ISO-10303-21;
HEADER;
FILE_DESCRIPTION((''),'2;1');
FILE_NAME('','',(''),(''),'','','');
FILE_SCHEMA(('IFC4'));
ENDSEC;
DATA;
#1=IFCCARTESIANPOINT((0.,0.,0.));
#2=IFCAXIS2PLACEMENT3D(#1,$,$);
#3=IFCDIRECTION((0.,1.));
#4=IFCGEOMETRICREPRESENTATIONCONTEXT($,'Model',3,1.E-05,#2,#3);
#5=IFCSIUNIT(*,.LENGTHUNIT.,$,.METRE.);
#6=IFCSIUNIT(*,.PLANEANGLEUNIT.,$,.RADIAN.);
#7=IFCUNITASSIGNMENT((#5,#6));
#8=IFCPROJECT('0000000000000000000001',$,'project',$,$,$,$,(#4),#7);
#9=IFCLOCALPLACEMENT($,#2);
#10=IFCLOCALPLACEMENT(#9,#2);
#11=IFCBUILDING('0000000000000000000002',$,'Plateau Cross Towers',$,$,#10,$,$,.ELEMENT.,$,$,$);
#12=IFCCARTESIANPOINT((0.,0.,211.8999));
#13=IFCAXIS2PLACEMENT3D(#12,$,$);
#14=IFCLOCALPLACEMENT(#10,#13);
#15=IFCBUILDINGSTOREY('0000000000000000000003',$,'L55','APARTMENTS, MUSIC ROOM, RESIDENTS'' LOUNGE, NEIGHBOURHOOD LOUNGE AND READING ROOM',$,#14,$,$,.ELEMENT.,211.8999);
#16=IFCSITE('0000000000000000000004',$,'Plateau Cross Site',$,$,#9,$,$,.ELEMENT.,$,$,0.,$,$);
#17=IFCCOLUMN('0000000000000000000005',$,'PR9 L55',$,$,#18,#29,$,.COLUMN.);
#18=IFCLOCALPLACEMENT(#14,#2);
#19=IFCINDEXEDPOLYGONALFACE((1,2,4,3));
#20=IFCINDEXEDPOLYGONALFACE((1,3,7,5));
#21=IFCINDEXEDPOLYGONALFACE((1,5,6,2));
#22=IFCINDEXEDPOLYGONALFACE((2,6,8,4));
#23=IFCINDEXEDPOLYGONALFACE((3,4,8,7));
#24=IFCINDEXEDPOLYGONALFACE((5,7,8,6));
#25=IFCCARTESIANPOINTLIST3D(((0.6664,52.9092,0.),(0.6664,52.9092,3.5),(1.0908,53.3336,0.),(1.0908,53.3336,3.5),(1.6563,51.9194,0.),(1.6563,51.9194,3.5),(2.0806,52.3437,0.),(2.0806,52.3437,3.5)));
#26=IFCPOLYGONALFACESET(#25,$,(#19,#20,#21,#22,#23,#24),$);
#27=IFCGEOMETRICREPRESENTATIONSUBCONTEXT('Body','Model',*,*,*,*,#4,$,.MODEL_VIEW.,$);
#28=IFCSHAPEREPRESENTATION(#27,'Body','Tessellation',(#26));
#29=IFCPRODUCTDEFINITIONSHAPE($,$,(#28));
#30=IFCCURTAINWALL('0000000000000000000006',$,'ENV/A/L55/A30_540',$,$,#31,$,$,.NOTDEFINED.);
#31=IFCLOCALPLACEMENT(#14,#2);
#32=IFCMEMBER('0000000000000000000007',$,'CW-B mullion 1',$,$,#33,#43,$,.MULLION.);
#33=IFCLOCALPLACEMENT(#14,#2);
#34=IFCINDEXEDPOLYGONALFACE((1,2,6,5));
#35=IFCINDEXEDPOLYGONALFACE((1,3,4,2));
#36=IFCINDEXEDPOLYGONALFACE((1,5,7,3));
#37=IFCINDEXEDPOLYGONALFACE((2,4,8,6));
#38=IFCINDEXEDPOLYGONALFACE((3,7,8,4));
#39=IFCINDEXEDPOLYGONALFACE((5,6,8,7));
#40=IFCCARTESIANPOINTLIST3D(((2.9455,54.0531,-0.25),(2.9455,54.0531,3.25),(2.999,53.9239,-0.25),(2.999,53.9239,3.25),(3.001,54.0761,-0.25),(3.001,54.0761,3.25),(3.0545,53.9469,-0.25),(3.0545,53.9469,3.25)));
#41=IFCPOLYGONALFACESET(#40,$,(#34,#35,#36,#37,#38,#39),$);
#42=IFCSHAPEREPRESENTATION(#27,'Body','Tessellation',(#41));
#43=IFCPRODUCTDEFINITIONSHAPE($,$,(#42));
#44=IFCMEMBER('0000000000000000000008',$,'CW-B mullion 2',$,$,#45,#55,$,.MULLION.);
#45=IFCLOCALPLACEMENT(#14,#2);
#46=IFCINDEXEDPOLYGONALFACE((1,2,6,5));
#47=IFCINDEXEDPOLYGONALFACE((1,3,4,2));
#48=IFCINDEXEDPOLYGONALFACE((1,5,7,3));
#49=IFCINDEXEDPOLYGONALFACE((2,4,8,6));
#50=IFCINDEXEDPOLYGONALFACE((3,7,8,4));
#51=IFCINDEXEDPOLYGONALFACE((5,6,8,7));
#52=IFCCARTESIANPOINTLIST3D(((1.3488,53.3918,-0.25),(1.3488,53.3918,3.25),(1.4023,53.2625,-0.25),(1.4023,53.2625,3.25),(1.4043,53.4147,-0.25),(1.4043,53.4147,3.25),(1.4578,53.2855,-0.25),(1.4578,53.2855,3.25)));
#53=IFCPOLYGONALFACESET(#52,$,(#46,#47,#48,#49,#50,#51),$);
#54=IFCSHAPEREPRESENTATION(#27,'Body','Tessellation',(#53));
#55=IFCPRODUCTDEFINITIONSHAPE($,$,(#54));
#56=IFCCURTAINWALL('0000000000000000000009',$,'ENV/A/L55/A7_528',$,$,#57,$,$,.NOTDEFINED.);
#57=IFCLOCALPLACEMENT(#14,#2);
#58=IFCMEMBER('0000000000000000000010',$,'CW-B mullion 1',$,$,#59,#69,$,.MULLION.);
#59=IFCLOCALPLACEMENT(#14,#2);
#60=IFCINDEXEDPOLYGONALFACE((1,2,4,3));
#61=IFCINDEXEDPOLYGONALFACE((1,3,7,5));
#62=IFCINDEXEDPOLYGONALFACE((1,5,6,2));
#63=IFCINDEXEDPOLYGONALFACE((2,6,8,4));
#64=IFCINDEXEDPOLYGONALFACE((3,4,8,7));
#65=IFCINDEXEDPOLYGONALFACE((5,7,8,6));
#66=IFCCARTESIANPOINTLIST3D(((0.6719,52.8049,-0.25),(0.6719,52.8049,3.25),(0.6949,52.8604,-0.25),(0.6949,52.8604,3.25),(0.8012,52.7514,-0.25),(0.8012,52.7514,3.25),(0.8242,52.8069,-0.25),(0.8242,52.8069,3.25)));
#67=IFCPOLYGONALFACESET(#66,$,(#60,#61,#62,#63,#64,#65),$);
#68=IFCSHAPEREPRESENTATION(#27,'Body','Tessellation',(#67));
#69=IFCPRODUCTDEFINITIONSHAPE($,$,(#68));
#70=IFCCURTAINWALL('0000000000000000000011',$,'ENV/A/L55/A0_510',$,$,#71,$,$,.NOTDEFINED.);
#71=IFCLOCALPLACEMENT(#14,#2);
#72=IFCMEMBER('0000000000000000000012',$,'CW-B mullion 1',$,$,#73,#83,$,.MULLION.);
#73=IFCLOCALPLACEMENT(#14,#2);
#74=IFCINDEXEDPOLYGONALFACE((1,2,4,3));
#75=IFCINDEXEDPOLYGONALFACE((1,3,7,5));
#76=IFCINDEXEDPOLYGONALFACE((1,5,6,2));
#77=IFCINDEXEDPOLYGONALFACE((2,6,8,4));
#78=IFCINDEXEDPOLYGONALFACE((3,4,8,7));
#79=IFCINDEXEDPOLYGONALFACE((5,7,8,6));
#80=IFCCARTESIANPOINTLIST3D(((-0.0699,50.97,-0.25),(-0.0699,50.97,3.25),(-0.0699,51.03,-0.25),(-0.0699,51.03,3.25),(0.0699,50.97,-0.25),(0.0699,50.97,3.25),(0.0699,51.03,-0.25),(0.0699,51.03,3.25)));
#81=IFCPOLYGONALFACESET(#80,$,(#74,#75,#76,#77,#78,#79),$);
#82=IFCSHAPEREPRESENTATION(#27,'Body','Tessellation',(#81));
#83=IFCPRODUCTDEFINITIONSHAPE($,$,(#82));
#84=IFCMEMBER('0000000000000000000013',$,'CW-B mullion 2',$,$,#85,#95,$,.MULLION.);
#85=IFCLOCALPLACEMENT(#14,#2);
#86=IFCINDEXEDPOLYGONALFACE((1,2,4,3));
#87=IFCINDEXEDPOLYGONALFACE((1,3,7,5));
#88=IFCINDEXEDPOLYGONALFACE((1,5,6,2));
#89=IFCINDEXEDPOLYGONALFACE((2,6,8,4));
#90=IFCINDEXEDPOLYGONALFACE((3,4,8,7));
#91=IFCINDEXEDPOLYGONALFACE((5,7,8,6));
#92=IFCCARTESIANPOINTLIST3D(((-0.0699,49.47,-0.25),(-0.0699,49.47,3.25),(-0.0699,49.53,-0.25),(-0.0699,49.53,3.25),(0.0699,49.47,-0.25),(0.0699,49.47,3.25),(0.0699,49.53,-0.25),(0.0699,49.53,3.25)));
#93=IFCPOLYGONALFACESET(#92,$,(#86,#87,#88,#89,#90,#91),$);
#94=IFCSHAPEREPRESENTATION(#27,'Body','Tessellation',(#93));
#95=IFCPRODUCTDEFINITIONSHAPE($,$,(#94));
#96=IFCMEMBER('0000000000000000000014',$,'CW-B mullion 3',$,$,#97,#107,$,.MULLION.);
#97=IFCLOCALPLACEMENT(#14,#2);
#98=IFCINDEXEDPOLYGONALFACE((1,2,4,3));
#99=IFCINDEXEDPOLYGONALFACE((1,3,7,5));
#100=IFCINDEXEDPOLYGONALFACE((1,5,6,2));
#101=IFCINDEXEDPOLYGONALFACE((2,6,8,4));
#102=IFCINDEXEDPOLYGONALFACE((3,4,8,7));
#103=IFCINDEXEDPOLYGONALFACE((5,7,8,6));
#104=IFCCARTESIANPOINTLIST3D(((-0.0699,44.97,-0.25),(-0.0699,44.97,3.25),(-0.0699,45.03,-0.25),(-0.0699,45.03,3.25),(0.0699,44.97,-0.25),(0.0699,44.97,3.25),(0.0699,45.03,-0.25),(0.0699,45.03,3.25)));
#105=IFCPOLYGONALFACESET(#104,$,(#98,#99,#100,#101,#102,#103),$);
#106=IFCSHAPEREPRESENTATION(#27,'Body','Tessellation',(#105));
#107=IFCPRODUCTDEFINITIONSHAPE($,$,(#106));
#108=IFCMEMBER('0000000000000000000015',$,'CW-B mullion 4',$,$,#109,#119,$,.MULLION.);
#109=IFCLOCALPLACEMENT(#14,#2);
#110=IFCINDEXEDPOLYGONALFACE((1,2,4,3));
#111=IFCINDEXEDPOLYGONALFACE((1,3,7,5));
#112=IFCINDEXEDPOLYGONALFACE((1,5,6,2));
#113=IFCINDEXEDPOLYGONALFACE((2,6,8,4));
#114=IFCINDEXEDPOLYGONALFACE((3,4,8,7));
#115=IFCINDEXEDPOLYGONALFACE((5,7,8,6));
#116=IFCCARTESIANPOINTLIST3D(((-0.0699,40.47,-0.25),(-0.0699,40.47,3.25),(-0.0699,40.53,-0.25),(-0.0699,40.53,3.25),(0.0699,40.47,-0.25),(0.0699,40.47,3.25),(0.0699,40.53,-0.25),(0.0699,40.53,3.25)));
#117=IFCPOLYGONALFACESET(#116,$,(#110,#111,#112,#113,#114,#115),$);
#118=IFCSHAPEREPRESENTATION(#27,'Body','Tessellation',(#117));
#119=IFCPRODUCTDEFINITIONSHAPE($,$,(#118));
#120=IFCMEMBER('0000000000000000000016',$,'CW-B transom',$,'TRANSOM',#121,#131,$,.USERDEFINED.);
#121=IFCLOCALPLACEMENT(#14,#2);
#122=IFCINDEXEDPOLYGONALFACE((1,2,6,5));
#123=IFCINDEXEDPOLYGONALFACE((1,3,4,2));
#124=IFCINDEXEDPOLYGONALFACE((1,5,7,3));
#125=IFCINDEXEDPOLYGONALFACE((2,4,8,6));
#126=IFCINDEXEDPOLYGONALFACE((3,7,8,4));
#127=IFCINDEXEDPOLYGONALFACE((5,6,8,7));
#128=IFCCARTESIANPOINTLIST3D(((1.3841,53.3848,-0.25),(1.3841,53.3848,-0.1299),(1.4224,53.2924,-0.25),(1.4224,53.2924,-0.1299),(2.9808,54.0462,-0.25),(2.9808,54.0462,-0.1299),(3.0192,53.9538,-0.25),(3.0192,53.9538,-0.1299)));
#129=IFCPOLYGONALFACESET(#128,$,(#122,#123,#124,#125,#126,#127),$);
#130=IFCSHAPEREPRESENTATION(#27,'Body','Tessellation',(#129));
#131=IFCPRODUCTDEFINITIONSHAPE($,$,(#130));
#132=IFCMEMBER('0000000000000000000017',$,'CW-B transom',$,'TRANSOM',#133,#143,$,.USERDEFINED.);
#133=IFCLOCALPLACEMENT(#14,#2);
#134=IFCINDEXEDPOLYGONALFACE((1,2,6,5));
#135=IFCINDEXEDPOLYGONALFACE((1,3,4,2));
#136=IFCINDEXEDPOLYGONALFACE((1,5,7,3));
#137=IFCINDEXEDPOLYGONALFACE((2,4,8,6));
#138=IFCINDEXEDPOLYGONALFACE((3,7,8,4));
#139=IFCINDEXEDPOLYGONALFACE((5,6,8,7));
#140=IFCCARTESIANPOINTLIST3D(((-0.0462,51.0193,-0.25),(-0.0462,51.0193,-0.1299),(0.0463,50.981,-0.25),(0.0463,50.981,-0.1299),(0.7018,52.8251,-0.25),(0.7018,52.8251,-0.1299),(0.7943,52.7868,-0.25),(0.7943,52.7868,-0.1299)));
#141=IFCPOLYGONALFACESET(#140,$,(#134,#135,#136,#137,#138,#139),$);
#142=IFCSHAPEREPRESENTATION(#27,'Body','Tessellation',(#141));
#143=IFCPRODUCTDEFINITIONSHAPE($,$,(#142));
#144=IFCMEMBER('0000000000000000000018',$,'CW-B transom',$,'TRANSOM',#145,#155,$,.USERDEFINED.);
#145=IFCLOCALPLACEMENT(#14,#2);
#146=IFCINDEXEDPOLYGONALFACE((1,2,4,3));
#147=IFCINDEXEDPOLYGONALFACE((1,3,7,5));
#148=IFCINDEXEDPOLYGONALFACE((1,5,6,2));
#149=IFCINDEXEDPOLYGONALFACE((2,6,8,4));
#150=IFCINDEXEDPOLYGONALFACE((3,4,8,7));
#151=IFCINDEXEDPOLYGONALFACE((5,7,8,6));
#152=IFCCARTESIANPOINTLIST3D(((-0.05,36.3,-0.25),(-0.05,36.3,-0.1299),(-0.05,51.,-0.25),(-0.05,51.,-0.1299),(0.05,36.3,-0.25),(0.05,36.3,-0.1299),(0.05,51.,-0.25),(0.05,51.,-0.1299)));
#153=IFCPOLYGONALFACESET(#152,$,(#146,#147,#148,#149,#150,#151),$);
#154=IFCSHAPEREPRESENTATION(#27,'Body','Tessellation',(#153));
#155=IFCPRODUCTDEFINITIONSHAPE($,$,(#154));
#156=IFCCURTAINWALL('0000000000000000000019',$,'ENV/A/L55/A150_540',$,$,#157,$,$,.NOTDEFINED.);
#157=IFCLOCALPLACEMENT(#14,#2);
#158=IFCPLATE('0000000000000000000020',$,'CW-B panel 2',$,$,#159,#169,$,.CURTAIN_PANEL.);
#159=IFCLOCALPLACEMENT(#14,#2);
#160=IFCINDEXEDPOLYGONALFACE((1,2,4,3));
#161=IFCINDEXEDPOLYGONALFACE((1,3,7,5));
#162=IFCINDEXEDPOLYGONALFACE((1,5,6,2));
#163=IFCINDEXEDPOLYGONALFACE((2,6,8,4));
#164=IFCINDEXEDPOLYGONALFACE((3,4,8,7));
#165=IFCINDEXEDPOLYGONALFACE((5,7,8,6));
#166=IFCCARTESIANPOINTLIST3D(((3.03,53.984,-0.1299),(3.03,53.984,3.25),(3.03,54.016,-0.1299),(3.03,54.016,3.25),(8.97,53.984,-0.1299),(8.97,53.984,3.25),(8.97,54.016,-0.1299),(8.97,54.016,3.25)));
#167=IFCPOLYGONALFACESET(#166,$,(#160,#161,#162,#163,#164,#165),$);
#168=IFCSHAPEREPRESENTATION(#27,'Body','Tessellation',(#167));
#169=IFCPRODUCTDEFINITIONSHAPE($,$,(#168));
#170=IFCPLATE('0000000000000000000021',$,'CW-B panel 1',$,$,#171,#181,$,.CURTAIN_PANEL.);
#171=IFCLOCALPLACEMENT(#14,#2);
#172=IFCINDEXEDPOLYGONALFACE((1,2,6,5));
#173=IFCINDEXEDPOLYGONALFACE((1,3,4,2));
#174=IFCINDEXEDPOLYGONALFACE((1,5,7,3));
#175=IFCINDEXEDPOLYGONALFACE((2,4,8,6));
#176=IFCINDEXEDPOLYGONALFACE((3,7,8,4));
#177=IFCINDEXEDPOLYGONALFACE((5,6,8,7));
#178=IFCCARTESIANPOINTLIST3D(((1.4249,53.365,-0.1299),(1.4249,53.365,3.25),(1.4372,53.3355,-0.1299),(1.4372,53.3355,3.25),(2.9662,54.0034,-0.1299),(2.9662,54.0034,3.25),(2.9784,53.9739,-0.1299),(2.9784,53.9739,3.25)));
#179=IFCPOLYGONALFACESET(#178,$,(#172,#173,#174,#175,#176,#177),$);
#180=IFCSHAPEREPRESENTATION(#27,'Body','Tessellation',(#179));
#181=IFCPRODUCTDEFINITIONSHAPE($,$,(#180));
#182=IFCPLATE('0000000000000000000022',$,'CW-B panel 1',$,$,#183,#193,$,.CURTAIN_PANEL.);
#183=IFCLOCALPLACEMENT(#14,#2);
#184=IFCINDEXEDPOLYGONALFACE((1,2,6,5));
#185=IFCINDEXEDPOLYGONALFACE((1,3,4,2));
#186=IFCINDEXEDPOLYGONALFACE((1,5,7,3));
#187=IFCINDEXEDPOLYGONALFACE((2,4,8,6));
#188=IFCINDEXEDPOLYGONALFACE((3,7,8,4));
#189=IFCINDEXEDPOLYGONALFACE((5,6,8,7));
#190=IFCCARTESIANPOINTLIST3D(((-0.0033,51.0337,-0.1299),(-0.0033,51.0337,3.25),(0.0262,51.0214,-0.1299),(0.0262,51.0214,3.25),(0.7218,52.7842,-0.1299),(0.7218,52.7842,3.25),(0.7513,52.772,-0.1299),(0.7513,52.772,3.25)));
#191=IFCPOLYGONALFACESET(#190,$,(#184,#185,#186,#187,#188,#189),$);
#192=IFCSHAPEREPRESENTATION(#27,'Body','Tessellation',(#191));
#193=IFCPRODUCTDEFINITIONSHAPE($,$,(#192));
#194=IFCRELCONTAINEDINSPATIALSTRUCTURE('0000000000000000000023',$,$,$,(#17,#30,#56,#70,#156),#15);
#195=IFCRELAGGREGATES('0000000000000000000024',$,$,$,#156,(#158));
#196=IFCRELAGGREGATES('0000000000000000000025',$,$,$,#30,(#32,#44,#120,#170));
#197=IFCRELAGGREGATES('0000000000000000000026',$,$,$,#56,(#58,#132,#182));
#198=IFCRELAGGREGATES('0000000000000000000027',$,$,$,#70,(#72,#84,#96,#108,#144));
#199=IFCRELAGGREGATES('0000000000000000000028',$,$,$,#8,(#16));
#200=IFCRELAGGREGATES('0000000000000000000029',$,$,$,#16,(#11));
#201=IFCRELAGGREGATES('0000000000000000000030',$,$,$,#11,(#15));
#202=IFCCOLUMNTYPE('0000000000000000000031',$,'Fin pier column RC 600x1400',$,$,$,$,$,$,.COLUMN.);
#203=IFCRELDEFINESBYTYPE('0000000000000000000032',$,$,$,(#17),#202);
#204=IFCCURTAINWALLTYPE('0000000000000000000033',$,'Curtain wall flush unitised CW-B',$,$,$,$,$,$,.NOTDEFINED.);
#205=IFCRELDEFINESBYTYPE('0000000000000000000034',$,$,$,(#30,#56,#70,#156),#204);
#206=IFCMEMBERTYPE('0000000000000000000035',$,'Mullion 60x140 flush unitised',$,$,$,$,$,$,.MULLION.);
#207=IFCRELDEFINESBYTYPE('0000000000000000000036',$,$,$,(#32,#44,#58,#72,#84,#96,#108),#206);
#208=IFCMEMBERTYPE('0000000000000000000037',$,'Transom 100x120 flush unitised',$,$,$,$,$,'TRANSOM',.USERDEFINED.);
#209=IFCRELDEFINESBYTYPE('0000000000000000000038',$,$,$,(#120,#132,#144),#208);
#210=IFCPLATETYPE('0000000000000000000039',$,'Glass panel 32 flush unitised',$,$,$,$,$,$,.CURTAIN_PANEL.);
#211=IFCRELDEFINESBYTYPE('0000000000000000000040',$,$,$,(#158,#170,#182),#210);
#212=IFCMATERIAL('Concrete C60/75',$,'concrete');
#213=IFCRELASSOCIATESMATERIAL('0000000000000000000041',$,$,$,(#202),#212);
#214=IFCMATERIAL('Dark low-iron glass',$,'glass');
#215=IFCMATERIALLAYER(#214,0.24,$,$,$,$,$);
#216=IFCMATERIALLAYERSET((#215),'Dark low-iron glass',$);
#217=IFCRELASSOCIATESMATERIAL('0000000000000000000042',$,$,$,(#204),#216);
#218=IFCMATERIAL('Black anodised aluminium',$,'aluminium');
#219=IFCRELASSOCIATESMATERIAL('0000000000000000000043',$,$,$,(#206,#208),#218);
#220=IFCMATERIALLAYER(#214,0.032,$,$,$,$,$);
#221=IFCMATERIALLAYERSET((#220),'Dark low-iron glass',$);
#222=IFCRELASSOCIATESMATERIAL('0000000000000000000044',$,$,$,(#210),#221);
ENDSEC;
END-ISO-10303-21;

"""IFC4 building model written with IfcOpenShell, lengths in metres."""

from ifc_helpers import new_model, si_unit, direction, frame, origin, origin_2d, place, context, subcontext, project, spatial, rectangle, extrude, material, layer, layer_set, material_profile, profile_set, type_object, element, aggregate, save


model = new_model("IFC4")

# Units and contexts
model_context = context("Model", 3, precision=1e-05, world=origin(), true_north=direction((0.0, 1.0)))
body_context = subcontext(model_context, "Body", "Model", "MODEL_VIEW")
ifc_project = project(units=[si_unit("LENGTHUNIT", "METRE"), si_unit("PLANEANGLEUNIT", "RADIAN")], contexts=[model_context])

# Site, building, storey
site_placement = place(None, origin())
site = spatial("IfcSite", under=ifc_project, at=site_placement, Name="Plateau Cross Site", CompositionType="ELEMENT", RefElevation=0.0)
building_placement = place(site_placement, origin())
building = spatial("IfcBuilding", under=site, at=building_placement, Name="Plateau Cross Towers", CompositionType="ELEMENT")
storey_placement = place(building_placement, frame((0.0, 0.0, 211.8999)))
storey = spatial("IfcBuildingStorey", under=building, at=storey_placement, Name="L55", Description="APARTMENTS, MUSIC ROOM, RESIDENTS' LOUNGE, NEIGHBOURHOOD LOUNGE AND READING ROOM", CompositionType="ELEMENT", Elevation=211.8999)

# Column
ifc_material_1 = material(Name="Concrete C60/75", Category="concrete")
ifc_material_profile_1 = material_profile(ifc_material_1, rectangle(XDim=0.6001, YDim=1.3999, at=origin_2d()), Name="RC 600x1400")
ifc_profile_set_1 = profile_set([ifc_material_profile_1], Name="Concrete C60/75")
column_type = type_object("IfcColumnType", Name="Fin pier column RC 600x1400", PredefinedType="COLUMN", material=ifc_profile_set_1)
column_placement = place(storey_placement, frame((1.3735, 52.6265, 0.0), z_axis=(0.0, 0.0, 1.0), x_axis=(0.707107, 0.707107, 0.0)))
element("IfcColumn", 1, at=column_placement, inside=storey, type_object=column_type, Name="PR9 L55", PredefinedType="COLUMN", context=body_context, shape_type="SweptSolid", body=[
    extrude(rectangle(XDim=0.6001, YDim=1.3999, at=origin_2d()), origin(), (0.0, 0.0, 1.0), 3.5),
])

# Curtain wall, members
ifc_material_2 = material(Name="Dark low-iron glass", Category="glass")
ifc_layer_1 = layer(ifc_material_2, 0.24)
ifc_layer_set_1 = layer_set([ifc_layer_1], Name="Dark low-iron glass")
curtain_wall_type = type_object("IfcCurtainWallType", Name="Curtain wall flush unitised CW-B", PredefinedType="NOTDEFINED", material=ifc_layer_set_1)
curtain_wall_1_placement = place(storey_placement, origin())
curtain_wall_1 = element("IfcCurtainWall", 2, at=curtain_wall_1_placement, inside=storey, type_object=curtain_wall_type, Name="ENV/A/L55/A30_540", PredefinedType="NOTDEFINED")
ifc_material_3 = material(Name="Black anodised aluminium", Category="aluminium")
ifc_material_profile_2 = material_profile(ifc_material_3, rectangle(XDim=0.0601, YDim=0.1399, at=origin_2d()), Name="MULLION 60x140")
ifc_profile_set_2 = profile_set([ifc_material_profile_2], Name="Black anodised aluminium")
member_type_1 = type_object("IfcMemberType", Name="Mullion 60x140 flush unitised", PredefinedType="MULLION", material=ifc_profile_set_2)
member_1_placement = place(storey_placement, frame((3.0, 54.0, -0.25), z_axis=(0.0, 0.0, 1.0), x_axis=(-0.923879, -0.382684, 0.0)))
member_1 = element("IfcMember", 3, at=member_1_placement, type_object=member_type_1, Name="CW-B mullion 1", PredefinedType="MULLION", context=body_context, shape_type="SweptSolid", body=[
    extrude(rectangle(XDim=0.0601, YDim=0.1399, at=origin_2d()), origin(), (0.0, 0.0, 1.0), 3.5),
])
member_2_placement = place(storey_placement, frame((1.4033, 53.3386, -0.25), z_axis=(0.0, 0.0, 1.0), x_axis=(-0.923879, -0.382684, 0.0)))
member_2 = element("IfcMember", 4, at=member_2_placement, type_object=member_type_1, Name="CW-B mullion 2", PredefinedType="MULLION", context=body_context, shape_type="SweptSolid", body=[
    extrude(rectangle(XDim=0.0601, YDim=0.1399, at=origin_2d()), origin(), (0.0, 0.0, 1.0), 3.5),
])

# Curtain wall, member
curtain_wall_2_placement = place(storey_placement, origin())
curtain_wall_2 = element("IfcCurtainWall", 5, at=curtain_wall_2_placement, inside=storey, type_object=curtain_wall_type, Name="ENV/A/L55/A7_528", PredefinedType="NOTDEFINED")
member_3_placement = place(storey_placement, frame((0.748, 52.8059, -0.25), z_axis=(0.0, 0.0, 1.0), x_axis=(-0.382684, -0.923879, 0.0)))
member_3 = element("IfcMember", 6, at=member_3_placement, type_object=member_type_1, Name="CW-B mullion 1", PredefinedType="MULLION", context=body_context, shape_type="SweptSolid", body=[
    extrude(rectangle(XDim=0.0601, YDim=0.1399, at=origin_2d()), origin(), (0.0, 0.0, 1.0), 3.5),
])

# Curtain wall, members
curtain_wall_3_placement = place(storey_placement, origin())
curtain_wall_3 = element("IfcCurtainWall", 7, at=curtain_wall_3_placement, inside=storey, type_object=curtain_wall_type, Name="ENV/A/L55/A0_510", PredefinedType="NOTDEFINED")
member_4_placement = place(storey_placement, frame((0.0, 51.0, -0.25), z_axis=(0.0, 0.0, 1.0), x_axis=(0.0, -1.0, 0.0)))
member_4 = element("IfcMember", 8, at=member_4_placement, type_object=member_type_1, Name="CW-B mullion 1", PredefinedType="MULLION", context=body_context, shape_type="SweptSolid", body=[
    extrude(rectangle(XDim=0.0601, YDim=0.1399, at=origin_2d()), origin(), (0.0, 0.0, 1.0), 3.5),
])
member_5_placement = place(storey_placement, frame((0.0, 49.5, -0.25), z_axis=(0.0, 0.0, 1.0), x_axis=(0.0, -1.0, 0.0)))
member_5 = element("IfcMember", 9, at=member_5_placement, type_object=member_type_1, Name="CW-B mullion 2", PredefinedType="MULLION", context=body_context, shape_type="SweptSolid", body=[
    extrude(rectangle(XDim=0.0601, YDim=0.1399, at=origin_2d()), origin(), (0.0, 0.0, 1.0), 3.5),
])
member_6_placement = place(storey_placement, frame((0.0, 45.0, -0.25), z_axis=(0.0, 0.0, 1.0), x_axis=(0.0, -1.0, 0.0)))
member_6 = element("IfcMember", 10, at=member_6_placement, type_object=member_type_1, Name="CW-B mullion 3", PredefinedType="MULLION", context=body_context, shape_type="SweptSolid", body=[
    extrude(rectangle(XDim=0.0601, YDim=0.1399, at=origin_2d()), origin(), (0.0, 0.0, 1.0), 3.5),
])
member_7_placement = place(storey_placement, frame((0.0, 40.5, -0.25), z_axis=(0.0, 0.0, 1.0), x_axis=(0.0, -1.0, 0.0)))
member_7 = element("IfcMember", 11, at=member_7_placement, type_object=member_type_1, Name="CW-B mullion 4", PredefinedType="MULLION", context=body_context, shape_type="SweptSolid", body=[
    extrude(rectangle(XDim=0.0601, YDim=0.1399, at=origin_2d()), origin(), (0.0, 0.0, 1.0), 3.5),
])

# Members
ifc_material_profile_3 = material_profile(ifc_material_3, rectangle(XDim=0.1001, YDim=0.1201, at=origin_2d()), Name="TRANSOM 100x120")
ifc_profile_set_3 = profile_set([ifc_material_profile_3], Name="Black anodised aluminium")
member_type_2 = type_object("IfcMemberType", Name="Transom 100x120 flush unitised", ElementType="TRANSOM", PredefinedType="USERDEFINED", material=ifc_profile_set_3)
member_8_placement = place(storey_placement, frame((3.0, 54.0, -0.1899), z_axis=(-0.923877, -0.382689, 0.0), x_axis=(0.382689, -0.923877, 0.0)))
member_8 = element("IfcMember", 12, at=member_8_placement, type_object=member_type_2, Name="CW-B transom", ObjectType="TRANSOM", PredefinedType="USERDEFINED", context=body_context, shape_type="SweptSolid", body=[
    extrude(rectangle(XDim=0.1001, YDim=0.1201, at=origin_2d()), origin(), (0.0, 0.0, 1.0), 1.7283),
])
member_9_placement = place(storey_placement, frame((0.748, 52.8059, -0.1899), z_axis=(-0.38269, -0.923877, 0.0), x_axis=(0.923877, -0.38269, 0.0)))
member_9 = element("IfcMember", 13, at=member_9_placement, type_object=member_type_2, Name="CW-B transom", ObjectType="TRANSOM", PredefinedType="USERDEFINED", context=body_context, shape_type="SweptSolid", body=[
    extrude(rectangle(XDim=0.1001, YDim=0.1201, at=origin_2d()), origin(), (0.0, 0.0, 1.0), 1.9546),
])
member_10_placement = place(storey_placement, frame((0.0, 51.0, -0.1899), z_axis=(0.0, -1.0, 0.0), x_axis=(1.0, 0.0, 0.0)))
member_10 = element("IfcMember", 14, at=member_10_placement, type_object=member_type_2, Name="CW-B transom", ObjectType="TRANSOM", PredefinedType="USERDEFINED", context=body_context, shape_type="SweptSolid", body=[
    extrude(rectangle(XDim=0.1001, YDim=0.1201, at=origin_2d()), origin(), (0.0, 0.0, 1.0), 14.7),
])

# Curtain wall, plate
curtain_wall_4_placement = place(storey_placement, origin())
curtain_wall_4 = element("IfcCurtainWall", 15, at=curtain_wall_4_placement, inside=storey, type_object=curtain_wall_type, Name="ENV/A/L55/A150_540", PredefinedType="NOTDEFINED")
ifc_layer_2 = layer(ifc_material_2, 0.032)
ifc_layer_set_2 = layer_set([ifc_layer_2], Name="Dark low-iron glass")
plate_type = type_object("IfcPlateType", Name="Glass panel 32 flush unitised", PredefinedType="CURTAIN_PANEL", material=ifc_layer_set_2)
plate_1_placement = place(storey_placement, frame((6.0, 54.0, -0.1299), z_axis=(0.0, 0.0, 1.0), x_axis=(-1.0, 0.0, 0.0)))
plate_1 = element("IfcPlate", 16, at=plate_1_placement, type_object=plate_type, Name="CW-B panel 2", PredefinedType="CURTAIN_PANEL", context=body_context, shape_type="SweptSolid", body=[
    extrude(rectangle(XDim=5.9399, YDim=0.032, at=origin_2d()), origin(), (0.0, 0.0, 1.0), 3.3799),
])
aggregate(curtain_wall_4, [plate_1])

# Plates
plate_2_placement = place(storey_placement, frame((2.2017, 53.6694, -0.1299), z_axis=(0.0, 0.0, 1.0), x_axis=(-0.923879, -0.382684, 0.0)))
plate_2 = element("IfcPlate", 17, at=plate_2_placement, type_object=plate_type, Name="CW-B panel 1", PredefinedType="CURTAIN_PANEL", context=body_context, shape_type="SweptSolid", body=[
    extrude(rectangle(XDim=1.6682, YDim=0.032, at=origin_2d()), origin(), (0.0, 0.0, 1.0), 3.3799),
])
aggregate(curtain_wall_1, [member_1, member_2, member_8, plate_2])
plate_3_placement = place(storey_placement, frame((0.374, 51.9028, -0.1299), z_axis=(0.0, 0.0, 1.0), x_axis=(-0.382684, -0.923879, 0.0)))
plate_3 = element("IfcPlate", 18, at=plate_3_placement, type_object=plate_type, Name="CW-B panel 1", PredefinedType="CURTAIN_PANEL", context=body_context, shape_type="SweptSolid", body=[
    extrude(rectangle(XDim=1.8948, YDim=0.032, at=origin_2d()), origin(), (0.0, 0.0, 1.0), 3.3799),
])
aggregate(curtain_wall_2, [member_3, member_9, plate_3])
aggregate(curtain_wall_3, [member_4, member_5, member_6, member_7, member_10])

save(model, "model.ifc")
